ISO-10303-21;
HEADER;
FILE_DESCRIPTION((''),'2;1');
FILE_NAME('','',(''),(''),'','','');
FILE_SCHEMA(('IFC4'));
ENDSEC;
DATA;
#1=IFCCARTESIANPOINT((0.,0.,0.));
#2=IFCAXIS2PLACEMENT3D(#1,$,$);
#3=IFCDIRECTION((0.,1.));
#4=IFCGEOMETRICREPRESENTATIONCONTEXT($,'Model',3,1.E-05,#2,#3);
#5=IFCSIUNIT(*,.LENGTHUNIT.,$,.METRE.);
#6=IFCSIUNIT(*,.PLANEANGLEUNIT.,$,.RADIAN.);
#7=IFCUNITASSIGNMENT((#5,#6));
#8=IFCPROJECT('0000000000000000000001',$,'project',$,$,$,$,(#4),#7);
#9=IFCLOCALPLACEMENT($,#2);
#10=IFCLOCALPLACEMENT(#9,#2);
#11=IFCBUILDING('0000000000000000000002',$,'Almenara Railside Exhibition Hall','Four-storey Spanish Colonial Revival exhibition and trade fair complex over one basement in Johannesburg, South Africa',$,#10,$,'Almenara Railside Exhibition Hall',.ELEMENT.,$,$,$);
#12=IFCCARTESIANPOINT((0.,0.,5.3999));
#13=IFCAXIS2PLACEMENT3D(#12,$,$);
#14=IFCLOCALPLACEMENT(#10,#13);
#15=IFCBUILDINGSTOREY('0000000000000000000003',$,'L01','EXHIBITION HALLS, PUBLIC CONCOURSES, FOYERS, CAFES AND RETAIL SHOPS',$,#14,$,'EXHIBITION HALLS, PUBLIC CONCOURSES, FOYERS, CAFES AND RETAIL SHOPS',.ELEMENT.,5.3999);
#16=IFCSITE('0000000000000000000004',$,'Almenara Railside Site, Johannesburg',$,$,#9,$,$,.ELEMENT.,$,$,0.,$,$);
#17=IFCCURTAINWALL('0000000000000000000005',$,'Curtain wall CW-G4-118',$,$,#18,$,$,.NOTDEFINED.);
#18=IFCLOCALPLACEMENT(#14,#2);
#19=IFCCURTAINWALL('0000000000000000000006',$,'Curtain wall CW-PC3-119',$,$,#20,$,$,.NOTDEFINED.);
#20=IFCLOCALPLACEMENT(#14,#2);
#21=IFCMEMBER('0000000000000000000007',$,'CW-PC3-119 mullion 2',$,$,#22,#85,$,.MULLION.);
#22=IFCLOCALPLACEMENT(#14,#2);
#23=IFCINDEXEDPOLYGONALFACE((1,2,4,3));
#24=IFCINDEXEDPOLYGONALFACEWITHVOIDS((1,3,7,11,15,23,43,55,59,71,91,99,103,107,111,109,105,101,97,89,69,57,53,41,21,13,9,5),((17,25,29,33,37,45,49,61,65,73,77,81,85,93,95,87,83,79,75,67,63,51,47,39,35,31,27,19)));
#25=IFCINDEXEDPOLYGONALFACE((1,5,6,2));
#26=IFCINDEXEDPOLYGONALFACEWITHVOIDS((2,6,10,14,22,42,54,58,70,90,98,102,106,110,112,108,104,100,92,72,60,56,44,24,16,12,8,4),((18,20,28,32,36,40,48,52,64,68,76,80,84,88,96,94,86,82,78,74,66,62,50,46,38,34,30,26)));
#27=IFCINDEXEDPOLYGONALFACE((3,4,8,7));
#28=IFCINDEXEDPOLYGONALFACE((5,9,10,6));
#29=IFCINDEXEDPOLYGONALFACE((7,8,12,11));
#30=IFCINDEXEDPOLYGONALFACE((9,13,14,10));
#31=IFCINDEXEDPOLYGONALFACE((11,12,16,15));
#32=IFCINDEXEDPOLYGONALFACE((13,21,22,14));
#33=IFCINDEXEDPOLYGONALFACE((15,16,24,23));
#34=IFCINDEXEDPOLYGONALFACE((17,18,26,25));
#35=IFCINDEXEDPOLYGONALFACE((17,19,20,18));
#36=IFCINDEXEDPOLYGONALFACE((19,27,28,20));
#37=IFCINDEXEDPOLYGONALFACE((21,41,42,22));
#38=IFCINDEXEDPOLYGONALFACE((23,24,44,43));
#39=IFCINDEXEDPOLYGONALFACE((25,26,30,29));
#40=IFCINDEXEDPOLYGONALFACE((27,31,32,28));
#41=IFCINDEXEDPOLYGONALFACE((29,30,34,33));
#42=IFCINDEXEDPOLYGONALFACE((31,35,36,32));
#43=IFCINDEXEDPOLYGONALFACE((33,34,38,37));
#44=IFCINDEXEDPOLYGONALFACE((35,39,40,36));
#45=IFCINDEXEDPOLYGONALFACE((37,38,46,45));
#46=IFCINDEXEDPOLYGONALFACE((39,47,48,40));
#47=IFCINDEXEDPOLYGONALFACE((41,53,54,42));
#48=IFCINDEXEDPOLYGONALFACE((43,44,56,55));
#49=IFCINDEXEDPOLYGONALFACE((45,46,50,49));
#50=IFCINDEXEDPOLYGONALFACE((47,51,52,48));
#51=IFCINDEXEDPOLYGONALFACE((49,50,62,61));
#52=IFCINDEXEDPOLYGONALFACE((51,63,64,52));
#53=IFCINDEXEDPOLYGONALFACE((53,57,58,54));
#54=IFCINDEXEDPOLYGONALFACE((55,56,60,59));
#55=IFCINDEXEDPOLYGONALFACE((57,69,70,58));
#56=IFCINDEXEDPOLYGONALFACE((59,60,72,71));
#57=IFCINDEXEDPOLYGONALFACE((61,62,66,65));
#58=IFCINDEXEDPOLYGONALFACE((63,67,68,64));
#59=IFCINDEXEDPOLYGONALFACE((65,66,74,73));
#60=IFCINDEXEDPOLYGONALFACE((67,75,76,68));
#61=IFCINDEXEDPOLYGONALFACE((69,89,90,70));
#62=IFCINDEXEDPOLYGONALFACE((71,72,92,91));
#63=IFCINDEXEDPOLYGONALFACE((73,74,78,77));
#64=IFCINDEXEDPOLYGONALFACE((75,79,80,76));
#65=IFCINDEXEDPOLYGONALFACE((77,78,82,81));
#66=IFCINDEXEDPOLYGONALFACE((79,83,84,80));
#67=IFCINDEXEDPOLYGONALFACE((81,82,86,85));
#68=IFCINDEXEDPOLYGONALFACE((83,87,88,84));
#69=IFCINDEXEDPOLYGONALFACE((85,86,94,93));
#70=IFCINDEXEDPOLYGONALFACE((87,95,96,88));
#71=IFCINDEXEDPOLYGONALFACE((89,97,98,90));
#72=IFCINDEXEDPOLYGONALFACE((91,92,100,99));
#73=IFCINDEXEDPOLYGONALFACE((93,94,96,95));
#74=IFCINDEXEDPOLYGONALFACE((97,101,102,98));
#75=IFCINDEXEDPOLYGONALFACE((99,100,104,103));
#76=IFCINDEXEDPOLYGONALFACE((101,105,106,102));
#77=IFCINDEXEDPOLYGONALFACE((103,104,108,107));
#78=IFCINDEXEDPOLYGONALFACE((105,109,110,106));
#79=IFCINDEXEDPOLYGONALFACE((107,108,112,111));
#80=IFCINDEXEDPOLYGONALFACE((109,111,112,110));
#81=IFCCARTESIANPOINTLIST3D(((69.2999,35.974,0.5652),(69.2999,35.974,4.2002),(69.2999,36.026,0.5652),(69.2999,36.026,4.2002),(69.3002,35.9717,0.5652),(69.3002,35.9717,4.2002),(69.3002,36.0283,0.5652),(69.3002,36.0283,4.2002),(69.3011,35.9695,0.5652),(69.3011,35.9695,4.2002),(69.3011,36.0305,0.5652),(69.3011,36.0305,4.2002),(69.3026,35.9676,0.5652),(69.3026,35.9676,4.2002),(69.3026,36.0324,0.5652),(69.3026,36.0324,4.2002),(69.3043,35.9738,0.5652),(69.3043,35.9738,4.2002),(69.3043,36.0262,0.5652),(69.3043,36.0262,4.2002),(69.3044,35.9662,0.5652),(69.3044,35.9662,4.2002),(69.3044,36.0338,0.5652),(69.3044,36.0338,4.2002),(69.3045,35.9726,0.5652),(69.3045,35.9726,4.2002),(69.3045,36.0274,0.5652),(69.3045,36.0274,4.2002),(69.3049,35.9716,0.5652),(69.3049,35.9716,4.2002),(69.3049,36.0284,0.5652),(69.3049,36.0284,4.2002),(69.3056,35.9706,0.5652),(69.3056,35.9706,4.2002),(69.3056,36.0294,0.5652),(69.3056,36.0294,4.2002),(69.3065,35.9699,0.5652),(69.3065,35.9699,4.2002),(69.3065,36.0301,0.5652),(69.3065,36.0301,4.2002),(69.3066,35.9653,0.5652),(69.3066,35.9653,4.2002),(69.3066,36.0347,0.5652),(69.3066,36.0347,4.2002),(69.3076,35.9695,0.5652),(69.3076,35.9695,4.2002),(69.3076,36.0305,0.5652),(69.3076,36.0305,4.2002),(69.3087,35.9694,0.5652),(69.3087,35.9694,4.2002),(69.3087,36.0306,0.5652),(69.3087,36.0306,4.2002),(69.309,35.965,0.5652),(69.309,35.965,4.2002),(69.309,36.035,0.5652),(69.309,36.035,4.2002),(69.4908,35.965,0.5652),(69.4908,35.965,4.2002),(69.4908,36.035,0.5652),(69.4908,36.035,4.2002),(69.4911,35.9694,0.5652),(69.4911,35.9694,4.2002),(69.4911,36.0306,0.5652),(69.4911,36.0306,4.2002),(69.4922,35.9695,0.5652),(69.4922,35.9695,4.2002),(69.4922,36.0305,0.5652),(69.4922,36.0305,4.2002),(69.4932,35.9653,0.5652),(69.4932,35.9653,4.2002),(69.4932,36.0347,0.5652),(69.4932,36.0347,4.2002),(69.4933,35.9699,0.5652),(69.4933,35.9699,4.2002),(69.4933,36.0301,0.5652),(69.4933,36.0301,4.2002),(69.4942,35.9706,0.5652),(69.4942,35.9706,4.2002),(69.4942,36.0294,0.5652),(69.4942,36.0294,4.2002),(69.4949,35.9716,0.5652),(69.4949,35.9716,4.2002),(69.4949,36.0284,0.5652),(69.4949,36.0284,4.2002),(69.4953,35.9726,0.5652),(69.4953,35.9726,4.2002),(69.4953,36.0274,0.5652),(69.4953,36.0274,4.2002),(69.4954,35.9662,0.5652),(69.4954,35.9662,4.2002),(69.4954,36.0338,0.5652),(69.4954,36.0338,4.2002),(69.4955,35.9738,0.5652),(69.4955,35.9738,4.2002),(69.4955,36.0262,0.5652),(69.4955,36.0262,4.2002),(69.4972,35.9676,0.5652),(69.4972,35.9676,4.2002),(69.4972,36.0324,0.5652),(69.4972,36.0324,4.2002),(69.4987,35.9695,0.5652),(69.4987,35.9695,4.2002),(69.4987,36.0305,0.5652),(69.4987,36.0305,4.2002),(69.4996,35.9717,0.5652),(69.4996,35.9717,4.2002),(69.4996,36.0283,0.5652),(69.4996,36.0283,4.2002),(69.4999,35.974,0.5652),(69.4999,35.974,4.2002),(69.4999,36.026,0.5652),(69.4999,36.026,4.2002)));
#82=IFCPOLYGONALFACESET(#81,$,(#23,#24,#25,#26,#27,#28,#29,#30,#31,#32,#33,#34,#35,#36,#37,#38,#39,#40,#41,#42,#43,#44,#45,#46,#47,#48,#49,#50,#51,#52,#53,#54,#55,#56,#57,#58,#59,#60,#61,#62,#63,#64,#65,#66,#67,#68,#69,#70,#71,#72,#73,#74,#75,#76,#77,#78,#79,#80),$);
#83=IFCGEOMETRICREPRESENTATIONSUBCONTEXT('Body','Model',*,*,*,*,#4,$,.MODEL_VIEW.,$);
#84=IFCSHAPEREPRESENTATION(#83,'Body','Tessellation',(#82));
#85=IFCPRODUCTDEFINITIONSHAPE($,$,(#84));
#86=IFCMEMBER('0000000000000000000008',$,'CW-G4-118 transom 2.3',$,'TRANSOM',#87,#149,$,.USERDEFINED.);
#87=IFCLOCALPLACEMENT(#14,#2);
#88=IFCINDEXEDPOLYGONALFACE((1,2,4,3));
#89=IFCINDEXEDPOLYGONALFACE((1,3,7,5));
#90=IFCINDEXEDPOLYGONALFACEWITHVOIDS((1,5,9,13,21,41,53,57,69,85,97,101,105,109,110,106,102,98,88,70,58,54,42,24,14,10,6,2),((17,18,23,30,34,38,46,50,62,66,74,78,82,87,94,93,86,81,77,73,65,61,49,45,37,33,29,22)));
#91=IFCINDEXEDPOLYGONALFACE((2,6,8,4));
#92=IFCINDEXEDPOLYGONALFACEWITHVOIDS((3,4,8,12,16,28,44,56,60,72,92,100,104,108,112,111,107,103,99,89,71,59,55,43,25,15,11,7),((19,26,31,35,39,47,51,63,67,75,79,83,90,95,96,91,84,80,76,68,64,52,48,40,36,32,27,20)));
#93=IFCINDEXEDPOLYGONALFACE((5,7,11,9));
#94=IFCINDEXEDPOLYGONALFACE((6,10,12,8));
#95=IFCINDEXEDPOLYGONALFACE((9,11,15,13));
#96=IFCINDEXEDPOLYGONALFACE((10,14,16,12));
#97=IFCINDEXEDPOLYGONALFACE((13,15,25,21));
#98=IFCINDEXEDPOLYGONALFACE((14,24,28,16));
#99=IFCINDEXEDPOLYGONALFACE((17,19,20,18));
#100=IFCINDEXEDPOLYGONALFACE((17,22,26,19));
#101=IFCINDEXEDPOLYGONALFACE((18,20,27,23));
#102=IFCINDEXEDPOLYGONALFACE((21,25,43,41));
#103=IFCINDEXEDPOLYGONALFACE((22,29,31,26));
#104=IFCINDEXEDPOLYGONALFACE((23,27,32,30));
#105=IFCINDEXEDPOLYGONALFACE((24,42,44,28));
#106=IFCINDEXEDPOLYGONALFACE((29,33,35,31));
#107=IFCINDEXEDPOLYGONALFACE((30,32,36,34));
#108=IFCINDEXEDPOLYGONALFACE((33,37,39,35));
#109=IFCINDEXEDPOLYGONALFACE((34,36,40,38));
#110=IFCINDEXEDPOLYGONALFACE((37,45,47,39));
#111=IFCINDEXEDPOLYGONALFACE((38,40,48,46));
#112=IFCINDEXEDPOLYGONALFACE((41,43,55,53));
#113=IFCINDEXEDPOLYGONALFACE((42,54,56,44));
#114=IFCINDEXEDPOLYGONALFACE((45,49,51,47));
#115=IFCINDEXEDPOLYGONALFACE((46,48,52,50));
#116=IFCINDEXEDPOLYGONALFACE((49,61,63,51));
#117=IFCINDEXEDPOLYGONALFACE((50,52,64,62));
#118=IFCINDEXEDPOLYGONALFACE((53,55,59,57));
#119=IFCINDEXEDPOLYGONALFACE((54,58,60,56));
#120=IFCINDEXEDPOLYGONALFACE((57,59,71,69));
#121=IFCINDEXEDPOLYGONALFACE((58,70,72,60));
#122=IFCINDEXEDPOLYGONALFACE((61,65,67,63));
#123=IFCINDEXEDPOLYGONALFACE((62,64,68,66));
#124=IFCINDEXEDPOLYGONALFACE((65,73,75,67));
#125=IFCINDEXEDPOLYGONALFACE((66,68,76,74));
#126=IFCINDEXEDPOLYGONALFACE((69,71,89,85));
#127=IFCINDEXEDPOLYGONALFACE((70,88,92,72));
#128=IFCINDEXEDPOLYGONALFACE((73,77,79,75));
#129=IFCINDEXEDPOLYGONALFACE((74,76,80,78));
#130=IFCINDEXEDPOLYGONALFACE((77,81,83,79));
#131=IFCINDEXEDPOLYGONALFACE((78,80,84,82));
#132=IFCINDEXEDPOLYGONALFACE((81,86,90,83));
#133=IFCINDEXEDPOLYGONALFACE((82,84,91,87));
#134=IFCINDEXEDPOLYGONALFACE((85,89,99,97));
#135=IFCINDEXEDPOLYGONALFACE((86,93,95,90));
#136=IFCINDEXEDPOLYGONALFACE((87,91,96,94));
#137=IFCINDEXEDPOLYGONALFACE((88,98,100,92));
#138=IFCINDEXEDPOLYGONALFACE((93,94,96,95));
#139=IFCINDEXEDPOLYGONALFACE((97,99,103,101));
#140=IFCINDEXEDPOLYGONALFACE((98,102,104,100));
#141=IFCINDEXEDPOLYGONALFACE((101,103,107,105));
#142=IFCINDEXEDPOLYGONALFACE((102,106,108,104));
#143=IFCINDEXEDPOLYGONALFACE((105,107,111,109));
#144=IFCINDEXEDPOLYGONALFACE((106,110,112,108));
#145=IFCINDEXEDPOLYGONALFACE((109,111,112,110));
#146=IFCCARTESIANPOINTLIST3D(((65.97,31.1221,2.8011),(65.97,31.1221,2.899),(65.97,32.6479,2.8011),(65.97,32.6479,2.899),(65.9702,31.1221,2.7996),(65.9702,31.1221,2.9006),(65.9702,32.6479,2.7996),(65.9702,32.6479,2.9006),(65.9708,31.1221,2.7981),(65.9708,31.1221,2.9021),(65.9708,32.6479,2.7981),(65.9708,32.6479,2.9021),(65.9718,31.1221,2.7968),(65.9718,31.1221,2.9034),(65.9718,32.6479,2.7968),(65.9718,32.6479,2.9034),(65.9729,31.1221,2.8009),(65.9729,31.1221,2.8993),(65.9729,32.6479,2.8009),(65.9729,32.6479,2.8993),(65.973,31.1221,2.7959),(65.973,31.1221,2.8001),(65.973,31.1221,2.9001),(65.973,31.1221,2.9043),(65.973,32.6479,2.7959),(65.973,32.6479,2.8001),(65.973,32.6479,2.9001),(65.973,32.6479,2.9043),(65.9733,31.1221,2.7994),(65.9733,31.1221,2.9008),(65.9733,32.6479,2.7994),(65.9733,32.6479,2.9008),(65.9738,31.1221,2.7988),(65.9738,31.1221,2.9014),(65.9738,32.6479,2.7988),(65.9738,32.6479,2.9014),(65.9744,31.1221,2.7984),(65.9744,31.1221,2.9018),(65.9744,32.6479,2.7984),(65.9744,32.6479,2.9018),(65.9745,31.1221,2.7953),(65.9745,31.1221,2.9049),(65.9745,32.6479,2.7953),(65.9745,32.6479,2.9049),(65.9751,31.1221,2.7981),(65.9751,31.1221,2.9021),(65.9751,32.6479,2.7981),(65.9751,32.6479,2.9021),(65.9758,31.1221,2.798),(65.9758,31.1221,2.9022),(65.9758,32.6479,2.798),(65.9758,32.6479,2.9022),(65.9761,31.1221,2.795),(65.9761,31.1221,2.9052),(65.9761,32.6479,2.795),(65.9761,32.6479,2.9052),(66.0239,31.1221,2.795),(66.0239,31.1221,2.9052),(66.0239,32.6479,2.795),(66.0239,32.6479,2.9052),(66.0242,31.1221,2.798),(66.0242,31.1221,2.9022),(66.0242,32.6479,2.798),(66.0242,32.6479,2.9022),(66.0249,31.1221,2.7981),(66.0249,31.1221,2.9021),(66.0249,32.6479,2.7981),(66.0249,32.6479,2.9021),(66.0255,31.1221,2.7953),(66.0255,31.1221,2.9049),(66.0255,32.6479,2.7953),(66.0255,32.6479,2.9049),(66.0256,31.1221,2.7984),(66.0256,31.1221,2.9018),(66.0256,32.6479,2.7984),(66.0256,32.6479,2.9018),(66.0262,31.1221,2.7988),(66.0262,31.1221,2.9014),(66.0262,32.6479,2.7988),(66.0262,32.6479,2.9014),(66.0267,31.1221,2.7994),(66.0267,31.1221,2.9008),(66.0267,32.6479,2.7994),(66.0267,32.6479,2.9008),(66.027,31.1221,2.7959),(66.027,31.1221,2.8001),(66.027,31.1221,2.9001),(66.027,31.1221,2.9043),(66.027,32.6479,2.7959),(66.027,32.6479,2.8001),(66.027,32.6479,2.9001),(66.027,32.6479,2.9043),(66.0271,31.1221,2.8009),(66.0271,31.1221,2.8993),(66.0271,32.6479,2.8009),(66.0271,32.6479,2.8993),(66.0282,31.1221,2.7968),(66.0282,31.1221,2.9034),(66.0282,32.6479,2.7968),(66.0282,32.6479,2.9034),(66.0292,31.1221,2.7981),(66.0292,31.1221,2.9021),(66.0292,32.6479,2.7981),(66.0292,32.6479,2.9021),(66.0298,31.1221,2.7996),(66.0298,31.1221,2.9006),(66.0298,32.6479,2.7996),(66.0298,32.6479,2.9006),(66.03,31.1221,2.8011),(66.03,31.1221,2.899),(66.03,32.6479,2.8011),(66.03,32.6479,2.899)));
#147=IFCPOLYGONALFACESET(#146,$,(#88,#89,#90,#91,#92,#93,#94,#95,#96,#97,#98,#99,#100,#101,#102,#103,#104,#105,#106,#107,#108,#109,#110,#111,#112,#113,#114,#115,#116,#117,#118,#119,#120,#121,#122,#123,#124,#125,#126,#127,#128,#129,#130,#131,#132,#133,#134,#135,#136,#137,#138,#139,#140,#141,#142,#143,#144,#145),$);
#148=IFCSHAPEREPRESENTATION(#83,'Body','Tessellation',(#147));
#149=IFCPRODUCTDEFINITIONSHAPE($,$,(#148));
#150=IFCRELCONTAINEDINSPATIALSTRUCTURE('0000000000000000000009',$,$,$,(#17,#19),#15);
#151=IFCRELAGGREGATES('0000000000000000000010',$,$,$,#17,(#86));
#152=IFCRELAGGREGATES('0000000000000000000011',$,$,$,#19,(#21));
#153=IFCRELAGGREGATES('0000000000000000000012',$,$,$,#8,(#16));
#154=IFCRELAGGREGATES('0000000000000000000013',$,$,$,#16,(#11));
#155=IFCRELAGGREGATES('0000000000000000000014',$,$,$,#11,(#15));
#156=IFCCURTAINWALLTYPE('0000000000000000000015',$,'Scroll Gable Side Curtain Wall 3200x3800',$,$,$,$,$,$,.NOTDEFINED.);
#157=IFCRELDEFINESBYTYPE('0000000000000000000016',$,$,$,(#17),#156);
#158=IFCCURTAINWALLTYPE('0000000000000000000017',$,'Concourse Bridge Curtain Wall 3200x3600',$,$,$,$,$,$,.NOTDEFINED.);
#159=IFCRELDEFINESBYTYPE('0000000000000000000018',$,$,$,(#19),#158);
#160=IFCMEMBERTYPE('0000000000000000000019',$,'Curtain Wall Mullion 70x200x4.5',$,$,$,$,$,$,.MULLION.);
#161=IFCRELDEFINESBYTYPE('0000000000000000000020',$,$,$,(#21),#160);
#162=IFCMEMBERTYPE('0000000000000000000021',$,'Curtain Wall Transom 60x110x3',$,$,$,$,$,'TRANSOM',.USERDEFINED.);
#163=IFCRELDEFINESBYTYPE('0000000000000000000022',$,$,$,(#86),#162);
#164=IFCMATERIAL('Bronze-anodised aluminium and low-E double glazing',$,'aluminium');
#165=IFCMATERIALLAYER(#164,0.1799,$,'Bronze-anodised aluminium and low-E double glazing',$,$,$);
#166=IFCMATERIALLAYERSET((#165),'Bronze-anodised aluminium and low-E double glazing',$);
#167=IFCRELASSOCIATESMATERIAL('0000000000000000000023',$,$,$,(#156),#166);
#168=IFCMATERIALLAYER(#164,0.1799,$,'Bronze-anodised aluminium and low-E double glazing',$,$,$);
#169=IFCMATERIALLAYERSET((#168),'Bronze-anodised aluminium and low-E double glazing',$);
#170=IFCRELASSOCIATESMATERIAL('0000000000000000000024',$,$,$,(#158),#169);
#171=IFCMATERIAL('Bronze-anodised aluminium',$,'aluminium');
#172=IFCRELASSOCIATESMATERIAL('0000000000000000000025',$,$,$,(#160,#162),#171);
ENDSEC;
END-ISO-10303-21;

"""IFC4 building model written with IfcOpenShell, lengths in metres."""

from ifc_helpers import new_model, si_unit, direction, frame, origin, origin_2d, place, context, subcontext, project, spatial, hollow_rectangle, extrude, material, layer, layer_set, material_profile, profile_set, type_object, element, aggregate, save


model = new_model("IFC4")

# Units and contexts
model_context = context("Model", 3, precision=1e-05, world=origin(), true_north=direction((0.0, 1.0)))
body_context = subcontext(model_context, "Body", "Model", "MODEL_VIEW")
ifc_project = project(units=[si_unit("LENGTHUNIT", "METRE"), si_unit("PLANEANGLEUNIT", "RADIAN")], contexts=[model_context])

# Site, building, storey
site_placement = place(None, origin())
site = spatial("IfcSite", under=ifc_project, at=site_placement, Name="Almenara Railside Site, Johannesburg", CompositionType="ELEMENT", RefElevation=0.0)
building_placement = place(site_placement, origin())
building = spatial("IfcBuilding", under=site, at=building_placement, Name="Almenara Railside Exhibition Hall", Description="Four-storey Spanish Colonial Revival exhibition and trade fair complex over one basement in Johannesburg, South Africa", LongName="Almenara Railside Exhibition Hall", CompositionType="ELEMENT")
storey_placement = place(building_placement, frame((0.0, 0.0, 5.3999)))
storey = spatial("IfcBuildingStorey", under=building, at=storey_placement, Name="L01", Description="EXHIBITION HALLS, PUBLIC CONCOURSES, FOYERS, CAFES AND RETAIL SHOPS", LongName="EXHIBITION HALLS, PUBLIC CONCOURSES, FOYERS, CAFES AND RETAIL SHOPS", CompositionType="ELEMENT", Elevation=5.3999)

# Curtain wall
ifc_material_1 = material(Name="Bronze-anodised aluminium and low-E double glazing", Category="aluminium")
ifc_layer_1 = layer(ifc_material_1, 0.1799, Name="Bronze-anodised aluminium and low-E double glazing")
ifc_layer_set_1 = layer_set([ifc_layer_1], Name="Bronze-anodised aluminium and low-E double glazing")
curtain_wall_type_1 = type_object("IfcCurtainWallType", Name="Scroll Gable Side Curtain Wall 3200x3800", PredefinedType="NOTDEFINED", material=ifc_layer_set_1)
curtain_wall_1_placement = place(storey_placement, origin())
curtain_wall_1 = element("IfcCurtainWall", 1, at=curtain_wall_1_placement, inside=storey, type_object=curtain_wall_type_1, Name="Curtain wall CW-G4-118", PredefinedType="NOTDEFINED")
ifc_material_2 = material(Name="Bronze-anodised aluminium", Category="aluminium")

# Curtain wall, member
ifc_layer_2 = layer(ifc_material_1, 0.1799, Name="Bronze-anodised aluminium and low-E double glazing")
ifc_layer_set_2 = layer_set([ifc_layer_2], Name="Bronze-anodised aluminium and low-E double glazing")
curtain_wall_type_2 = type_object("IfcCurtainWallType", Name="Concourse Bridge Curtain Wall 3200x3600", PredefinedType="NOTDEFINED", material=ifc_layer_set_2)
curtain_wall_2_placement = place(storey_placement, origin())
curtain_wall_2 = element("IfcCurtainWall", 2, at=curtain_wall_2_placement, inside=storey, type_object=curtain_wall_type_2, Name="Curtain wall CW-PC3-119", PredefinedType="NOTDEFINED")
ifc_material_profile_1 = material_profile(ifc_material_2, hollow_rectangle(XDim=0.0701, YDim=0.2, WallThickness=0.0044, InnerFilletRadius=0.0044, OuterFilletRadius=0.009, at=origin_2d()), Name="ALU-MUL 70x200x4.5")
ifc_profile_set_1 = profile_set([ifc_material_profile_1], Name="Bronze-anodised aluminium")
member_type_1 = type_object("IfcMemberType", Name="Curtain Wall Mullion 70x200x4.5", PredefinedType="MULLION", material=ifc_profile_set_1)
member_1_placement = place(storey_placement, frame((69.3999, 36.0, 0.5652), z_axis=(0.0, 0.0, 1.0), x_axis=(0.0, 1.0, 0.0)))
member_1 = element("IfcMember", 3, at=member_1_placement, type_object=member_type_1, Name="CW-PC3-119 mullion 2", PredefinedType="MULLION", context=body_context, shape_type="SweptSolid", body=[
    extrude(hollow_rectangle(XDim=0.0701, YDim=0.2, WallThickness=0.0044, InnerFilletRadius=0.0044, OuterFilletRadius=0.009, at=origin_2d()), origin(), (0.0, 0.0, 1.0), 3.635),
])

# Member
ifc_material_profile_2 = material_profile(ifc_material_2, hollow_rectangle(XDim=0.0601, YDim=0.1101, WallThickness=0.0029, InnerFilletRadius=0.0029, OuterFilletRadius=0.0061, at=origin_2d()), Name="ALU-TRN 60x110x3")
ifc_profile_set_2 = profile_set([ifc_material_profile_2], Name="Bronze-anodised aluminium")
member_type_2 = type_object("IfcMemberType", Name="Curtain Wall Transom 60x110x3", ElementType="TRANSOM", PredefinedType="USERDEFINED", material=ifc_profile_set_2)
member_2_placement = place(storey_placement, frame((66.0, 31.1221, 2.8501), z_axis=(0.0, 1.0, 0.0), x_axis=(-1.0, 0.0, 0.0)))
member_2 = element("IfcMember", 4, at=member_2_placement, type_object=member_type_2, Name="CW-G4-118 transom 2.3", ObjectType="TRANSOM", PredefinedType="USERDEFINED", context=body_context, shape_type="SweptSolid", body=[
    extrude(hollow_rectangle(XDim=0.0601, YDim=0.1101, WallThickness=0.0029, InnerFilletRadius=0.0029, OuterFilletRadius=0.0061, at=origin_2d()), origin(), (0.0, 0.0, 1.0), 1.5259),
])

aggregate(curtain_wall_1, [member_2])
aggregate(curtain_wall_2, [member_1])

save(model, "model.ifc")
